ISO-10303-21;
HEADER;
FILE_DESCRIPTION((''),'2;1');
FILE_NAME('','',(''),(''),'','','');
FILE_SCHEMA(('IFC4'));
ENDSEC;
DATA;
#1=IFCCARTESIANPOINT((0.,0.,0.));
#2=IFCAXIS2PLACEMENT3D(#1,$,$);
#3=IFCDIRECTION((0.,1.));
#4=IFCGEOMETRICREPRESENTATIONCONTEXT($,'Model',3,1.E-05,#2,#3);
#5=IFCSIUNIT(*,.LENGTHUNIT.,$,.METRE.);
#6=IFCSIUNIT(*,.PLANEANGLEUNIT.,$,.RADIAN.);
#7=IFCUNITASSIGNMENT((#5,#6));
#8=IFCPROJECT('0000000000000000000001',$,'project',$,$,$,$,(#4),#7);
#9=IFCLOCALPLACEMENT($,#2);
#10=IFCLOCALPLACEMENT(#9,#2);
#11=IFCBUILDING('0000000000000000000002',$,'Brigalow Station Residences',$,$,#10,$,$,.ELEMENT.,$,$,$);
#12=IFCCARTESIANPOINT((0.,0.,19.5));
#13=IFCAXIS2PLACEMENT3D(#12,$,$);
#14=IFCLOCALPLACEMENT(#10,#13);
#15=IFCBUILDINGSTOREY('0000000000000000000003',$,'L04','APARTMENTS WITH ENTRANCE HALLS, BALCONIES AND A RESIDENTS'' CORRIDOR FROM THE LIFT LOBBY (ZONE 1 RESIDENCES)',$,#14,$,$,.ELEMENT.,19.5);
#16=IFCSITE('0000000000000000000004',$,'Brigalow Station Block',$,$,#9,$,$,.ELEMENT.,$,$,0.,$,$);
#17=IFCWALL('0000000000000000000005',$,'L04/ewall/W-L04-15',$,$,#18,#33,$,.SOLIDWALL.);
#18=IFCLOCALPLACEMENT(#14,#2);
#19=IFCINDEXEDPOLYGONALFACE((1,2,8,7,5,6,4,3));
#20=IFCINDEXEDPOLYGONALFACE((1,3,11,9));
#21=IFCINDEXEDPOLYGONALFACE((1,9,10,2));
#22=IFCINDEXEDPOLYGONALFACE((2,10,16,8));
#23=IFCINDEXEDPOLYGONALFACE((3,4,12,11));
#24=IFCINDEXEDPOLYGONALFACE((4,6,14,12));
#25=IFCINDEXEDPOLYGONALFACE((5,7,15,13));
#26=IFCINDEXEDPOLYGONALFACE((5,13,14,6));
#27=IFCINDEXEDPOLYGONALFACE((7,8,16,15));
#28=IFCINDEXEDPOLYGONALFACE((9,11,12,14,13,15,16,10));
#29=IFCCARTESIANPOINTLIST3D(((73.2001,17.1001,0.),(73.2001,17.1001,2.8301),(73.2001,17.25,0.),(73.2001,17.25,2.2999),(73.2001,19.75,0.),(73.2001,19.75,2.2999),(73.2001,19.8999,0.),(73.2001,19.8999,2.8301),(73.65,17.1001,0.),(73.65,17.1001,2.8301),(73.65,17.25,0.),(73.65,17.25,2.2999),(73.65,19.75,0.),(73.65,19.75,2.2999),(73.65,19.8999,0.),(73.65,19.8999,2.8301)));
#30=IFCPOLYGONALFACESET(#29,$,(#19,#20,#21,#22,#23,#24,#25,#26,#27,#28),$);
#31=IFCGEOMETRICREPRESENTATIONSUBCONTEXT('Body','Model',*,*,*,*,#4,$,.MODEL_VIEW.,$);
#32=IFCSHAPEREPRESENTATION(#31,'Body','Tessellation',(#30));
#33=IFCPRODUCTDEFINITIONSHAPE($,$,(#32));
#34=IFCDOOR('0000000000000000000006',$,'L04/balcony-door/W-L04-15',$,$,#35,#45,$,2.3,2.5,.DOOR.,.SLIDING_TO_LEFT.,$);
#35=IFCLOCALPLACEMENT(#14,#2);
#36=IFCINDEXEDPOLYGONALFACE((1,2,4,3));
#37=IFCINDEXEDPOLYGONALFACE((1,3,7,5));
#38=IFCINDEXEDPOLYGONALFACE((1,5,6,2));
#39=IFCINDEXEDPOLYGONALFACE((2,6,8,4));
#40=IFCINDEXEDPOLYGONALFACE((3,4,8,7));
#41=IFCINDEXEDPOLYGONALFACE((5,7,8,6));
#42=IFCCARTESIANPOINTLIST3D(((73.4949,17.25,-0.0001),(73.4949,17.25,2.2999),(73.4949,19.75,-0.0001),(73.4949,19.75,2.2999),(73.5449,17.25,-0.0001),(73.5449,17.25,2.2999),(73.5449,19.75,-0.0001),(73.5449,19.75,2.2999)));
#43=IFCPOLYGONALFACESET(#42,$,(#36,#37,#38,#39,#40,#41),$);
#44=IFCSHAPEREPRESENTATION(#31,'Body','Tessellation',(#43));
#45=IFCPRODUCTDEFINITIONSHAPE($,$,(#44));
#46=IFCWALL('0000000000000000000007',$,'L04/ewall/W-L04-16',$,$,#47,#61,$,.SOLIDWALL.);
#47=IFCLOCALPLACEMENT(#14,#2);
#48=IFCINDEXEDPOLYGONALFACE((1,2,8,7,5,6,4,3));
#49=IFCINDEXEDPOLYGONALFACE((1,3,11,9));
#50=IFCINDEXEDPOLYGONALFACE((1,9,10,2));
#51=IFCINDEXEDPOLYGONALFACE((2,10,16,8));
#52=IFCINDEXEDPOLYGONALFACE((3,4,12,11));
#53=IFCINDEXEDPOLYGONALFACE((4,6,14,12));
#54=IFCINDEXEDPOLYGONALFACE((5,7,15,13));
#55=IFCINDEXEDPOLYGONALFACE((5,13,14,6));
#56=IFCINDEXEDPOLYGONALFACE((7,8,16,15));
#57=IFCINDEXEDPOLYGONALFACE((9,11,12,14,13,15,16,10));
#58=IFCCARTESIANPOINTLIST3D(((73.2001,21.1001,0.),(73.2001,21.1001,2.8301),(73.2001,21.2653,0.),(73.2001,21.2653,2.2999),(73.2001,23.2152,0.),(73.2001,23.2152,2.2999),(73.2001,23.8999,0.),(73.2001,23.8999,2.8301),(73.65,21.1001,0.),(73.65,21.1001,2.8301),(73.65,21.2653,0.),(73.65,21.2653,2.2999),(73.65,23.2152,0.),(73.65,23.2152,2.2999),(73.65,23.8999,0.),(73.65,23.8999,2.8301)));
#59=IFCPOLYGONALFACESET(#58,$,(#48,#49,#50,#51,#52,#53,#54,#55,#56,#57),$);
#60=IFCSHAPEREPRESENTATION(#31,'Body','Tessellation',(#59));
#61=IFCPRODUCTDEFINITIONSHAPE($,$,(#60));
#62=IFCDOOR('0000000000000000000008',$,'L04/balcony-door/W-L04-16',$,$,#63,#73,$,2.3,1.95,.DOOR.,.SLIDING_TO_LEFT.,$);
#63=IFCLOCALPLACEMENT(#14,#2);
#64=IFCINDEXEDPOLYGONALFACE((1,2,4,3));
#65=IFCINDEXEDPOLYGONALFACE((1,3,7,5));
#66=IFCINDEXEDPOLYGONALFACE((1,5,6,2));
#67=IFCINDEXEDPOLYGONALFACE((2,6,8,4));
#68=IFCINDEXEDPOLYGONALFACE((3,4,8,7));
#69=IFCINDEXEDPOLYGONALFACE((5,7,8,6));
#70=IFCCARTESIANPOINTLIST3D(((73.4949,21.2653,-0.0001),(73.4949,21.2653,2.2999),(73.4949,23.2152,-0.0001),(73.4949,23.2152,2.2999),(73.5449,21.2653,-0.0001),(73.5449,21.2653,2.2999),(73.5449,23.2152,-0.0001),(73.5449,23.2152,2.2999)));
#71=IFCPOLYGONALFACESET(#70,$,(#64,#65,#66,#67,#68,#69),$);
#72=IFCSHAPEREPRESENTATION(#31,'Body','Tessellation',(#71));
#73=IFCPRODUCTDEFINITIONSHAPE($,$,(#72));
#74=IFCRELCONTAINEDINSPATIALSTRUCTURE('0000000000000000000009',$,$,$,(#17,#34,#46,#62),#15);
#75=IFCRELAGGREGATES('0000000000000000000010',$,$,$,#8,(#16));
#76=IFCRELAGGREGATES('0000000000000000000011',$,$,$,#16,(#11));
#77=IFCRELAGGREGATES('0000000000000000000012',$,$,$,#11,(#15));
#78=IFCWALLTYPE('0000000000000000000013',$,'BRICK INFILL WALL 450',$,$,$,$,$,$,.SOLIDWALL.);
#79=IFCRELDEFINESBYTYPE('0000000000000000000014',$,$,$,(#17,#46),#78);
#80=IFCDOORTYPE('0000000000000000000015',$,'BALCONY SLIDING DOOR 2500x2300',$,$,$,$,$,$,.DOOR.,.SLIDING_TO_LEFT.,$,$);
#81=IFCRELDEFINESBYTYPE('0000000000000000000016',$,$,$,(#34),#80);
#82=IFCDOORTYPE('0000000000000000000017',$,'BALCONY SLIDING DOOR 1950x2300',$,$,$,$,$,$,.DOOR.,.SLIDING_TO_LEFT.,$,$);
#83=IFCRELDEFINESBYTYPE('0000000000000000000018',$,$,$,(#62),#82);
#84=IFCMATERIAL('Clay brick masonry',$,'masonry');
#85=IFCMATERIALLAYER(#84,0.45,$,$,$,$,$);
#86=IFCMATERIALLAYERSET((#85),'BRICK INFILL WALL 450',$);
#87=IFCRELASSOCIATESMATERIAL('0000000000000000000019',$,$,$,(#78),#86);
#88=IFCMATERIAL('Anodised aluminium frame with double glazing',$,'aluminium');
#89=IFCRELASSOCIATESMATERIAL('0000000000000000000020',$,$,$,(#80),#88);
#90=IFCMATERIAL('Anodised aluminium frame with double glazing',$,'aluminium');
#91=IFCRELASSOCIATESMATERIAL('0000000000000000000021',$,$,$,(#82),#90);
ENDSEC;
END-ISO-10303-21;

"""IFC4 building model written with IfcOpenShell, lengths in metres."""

from ifc_helpers import new_model, si_unit, direction, frame, frame_2d, origin, place, context, subcontext, project, spatial, rectangle, extrude, material, layer, layer_set, type_object, element, fill, save


model = new_model("IFC4")

# Units and contexts
model_context = context("Model", 3, precision=1e-05, world=origin(), true_north=direction((0.0, 1.0)))
body_context = subcontext(model_context, "Body", "Model", "MODEL_VIEW")
ifc_project = project(units=[si_unit("LENGTHUNIT", "METRE"), si_unit("PLANEANGLEUNIT", "RADIAN")], contexts=[model_context])

# Site, building, storey
site_placement = place(None, origin())
site = spatial("IfcSite", under=ifc_project, at=site_placement, Name="Brigalow Station Block", CompositionType="ELEMENT", RefElevation=0.0)
building_placement = place(site_placement, origin())
building = spatial("IfcBuilding", under=site, at=building_placement, Name="Brigalow Station Residences", CompositionType="ELEMENT")
storey_placement = place(building_placement, frame((0.0, 0.0, 19.5)))
storey = spatial("IfcBuildingStorey", under=building, at=storey_placement, Name="L04", Description="APARTMENTS WITH ENTRANCE HALLS, BALCONIES AND A RESIDENTS' CORRIDOR FROM THE LIFT LOBBY (ZONE 1 RESIDENCES)", CompositionType="ELEMENT", Elevation=19.5)

# Shared definitions
ifc_material_1 = material(Name="Clay brick masonry", Category="masonry")
ifc_layer = layer(ifc_material_1, 0.45)
ifc_layer_set = layer_set([ifc_layer], Name="BRICK INFILL WALL 450")
wall_type = type_object("IfcWallType", Name="BRICK INFILL WALL 450", PredefinedType="SOLIDWALL", material=ifc_layer_set)

# Walls, openings, doors
wall_1_placement = place(storey_placement, frame((73.425, 17.1001, 0.0), z_axis=(0.0, 0.0, 1.0), x_axis=(0.0, 1.0, 0.0)))
wall_1 = element("IfcWall", 1, at=wall_1_placement, inside=storey, type_object=wall_type, Name="L04/ewall/W-L04-15", PredefinedType="SOLIDWALL", context=body_context, shape_type="SweptSolid", body=[
    extrude(rectangle(XDim=2.7998, YDim=0.45, at=frame_2d((1.3999, 0.0))), origin(), (0.0, 0.0, 1.0), 2.8301),
])
opening_1_placement = place(wall_1_placement, frame((0.1499, 0.0, 0.0)))
opening_1 = element("IfcOpeningElement", 2, at=opening_1_placement, cuts=wall_1, PredefinedType="OPENING", context=body_context, shape_type="SweptSolid", body=[
    extrude(rectangle(XDim=2.5, YDim=2.3, at=frame_2d((1.25, 1.1499))), frame((0.0, 0.2349, 0.0), z_axis=(0.0, -1.0, 0.0), x_axis=(1.0, 0.0, 0.0)), (0.0, 0.0, 1.0), 0.47),
])
ifc_material_2 = material(Name="Anodised aluminium frame with double glazing", Category="aluminium")
door_type_1 = type_object("IfcDoorType", Name="BALCONY SLIDING DOOR 2500x2300", OperationType="SLIDING_TO_LEFT", PredefinedType="DOOR", material=ifc_material_2)
door_1_placement = place(opening_1_placement, origin())
door_1 = element("IfcDoor", 3, at=door_1_placement, inside=storey, type_object=door_type_1, Name="L04/balcony-door/W-L04-15", OperationType="SLIDING_TO_LEFT", OverallHeight=2.3, OverallWidth=2.5, PredefinedType="DOOR", context=body_context, shape_type="SweptSolid", body=[
    extrude(rectangle(XDim=2.5, YDim=2.3, at=frame_2d((1.25, 1.1499))), frame((0.0, -0.0698, 0.0), z_axis=(0.0, -1.0, 0.0), x_axis=(1.0, 0.0, 0.0)), (0.0, 0.0, 1.0), 0.05),
])
fill(opening_1, door_1)
wall_2_placement = place(storey_placement, frame((73.425, 21.1001, 0.0), z_axis=(0.0, 0.0, 1.0), x_axis=(0.0, 1.0, 0.0)))
wall_2 = element("IfcWall", 4, at=wall_2_placement, inside=storey, type_object=wall_type, Name="L04/ewall/W-L04-16", PredefinedType="SOLIDWALL", context=body_context, shape_type="SweptSolid", body=[
    extrude(rectangle(XDim=2.7998, YDim=0.45, at=frame_2d((1.3999, 0.0))), origin(), (0.0, 0.0, 1.0), 2.8301),
])
opening_2_placement = place(wall_2_placement, frame((0.165, 0.0, 0.0)))
opening_2 = element("IfcOpeningElement", 5, at=opening_2_placement, cuts=wall_2, PredefinedType="OPENING", context=body_context, shape_type="SweptSolid", body=[
    extrude(rectangle(XDim=1.95, YDim=2.3, at=frame_2d((0.9751, 1.1499))), frame((0.0, 0.2349, 0.0), z_axis=(0.0, -1.0, 0.0), x_axis=(1.0, 0.0, 0.0)), (0.0, 0.0, 1.0), 0.47),
])
ifc_material_3 = material(Name="Anodised aluminium frame with double glazing", Category="aluminium")
door_type_2 = type_object("IfcDoorType", Name="BALCONY SLIDING DOOR 1950x2300", OperationType="SLIDING_TO_LEFT", PredefinedType="DOOR", material=ifc_material_3)
door_2_placement = place(opening_2_placement, origin())
door_2 = element("IfcDoor", 6, at=door_2_placement, inside=storey, type_object=door_type_2, Name="L04/balcony-door/W-L04-16", OperationType="SLIDING_TO_LEFT", OverallHeight=2.3, OverallWidth=1.95, PredefinedType="DOOR", context=body_context, shape_type="SweptSolid", body=[
    extrude(rectangle(XDim=1.95, YDim=2.3, at=frame_2d((0.9751, 1.1499))), frame((0.0, -0.0698, 0.0), z_axis=(0.0, -1.0, 0.0), x_axis=(1.0, 0.0, 0.0)), (0.0, 0.0, 1.0), 0.05),
])
fill(opening_2, door_2)

save(model, "model.ifc")
